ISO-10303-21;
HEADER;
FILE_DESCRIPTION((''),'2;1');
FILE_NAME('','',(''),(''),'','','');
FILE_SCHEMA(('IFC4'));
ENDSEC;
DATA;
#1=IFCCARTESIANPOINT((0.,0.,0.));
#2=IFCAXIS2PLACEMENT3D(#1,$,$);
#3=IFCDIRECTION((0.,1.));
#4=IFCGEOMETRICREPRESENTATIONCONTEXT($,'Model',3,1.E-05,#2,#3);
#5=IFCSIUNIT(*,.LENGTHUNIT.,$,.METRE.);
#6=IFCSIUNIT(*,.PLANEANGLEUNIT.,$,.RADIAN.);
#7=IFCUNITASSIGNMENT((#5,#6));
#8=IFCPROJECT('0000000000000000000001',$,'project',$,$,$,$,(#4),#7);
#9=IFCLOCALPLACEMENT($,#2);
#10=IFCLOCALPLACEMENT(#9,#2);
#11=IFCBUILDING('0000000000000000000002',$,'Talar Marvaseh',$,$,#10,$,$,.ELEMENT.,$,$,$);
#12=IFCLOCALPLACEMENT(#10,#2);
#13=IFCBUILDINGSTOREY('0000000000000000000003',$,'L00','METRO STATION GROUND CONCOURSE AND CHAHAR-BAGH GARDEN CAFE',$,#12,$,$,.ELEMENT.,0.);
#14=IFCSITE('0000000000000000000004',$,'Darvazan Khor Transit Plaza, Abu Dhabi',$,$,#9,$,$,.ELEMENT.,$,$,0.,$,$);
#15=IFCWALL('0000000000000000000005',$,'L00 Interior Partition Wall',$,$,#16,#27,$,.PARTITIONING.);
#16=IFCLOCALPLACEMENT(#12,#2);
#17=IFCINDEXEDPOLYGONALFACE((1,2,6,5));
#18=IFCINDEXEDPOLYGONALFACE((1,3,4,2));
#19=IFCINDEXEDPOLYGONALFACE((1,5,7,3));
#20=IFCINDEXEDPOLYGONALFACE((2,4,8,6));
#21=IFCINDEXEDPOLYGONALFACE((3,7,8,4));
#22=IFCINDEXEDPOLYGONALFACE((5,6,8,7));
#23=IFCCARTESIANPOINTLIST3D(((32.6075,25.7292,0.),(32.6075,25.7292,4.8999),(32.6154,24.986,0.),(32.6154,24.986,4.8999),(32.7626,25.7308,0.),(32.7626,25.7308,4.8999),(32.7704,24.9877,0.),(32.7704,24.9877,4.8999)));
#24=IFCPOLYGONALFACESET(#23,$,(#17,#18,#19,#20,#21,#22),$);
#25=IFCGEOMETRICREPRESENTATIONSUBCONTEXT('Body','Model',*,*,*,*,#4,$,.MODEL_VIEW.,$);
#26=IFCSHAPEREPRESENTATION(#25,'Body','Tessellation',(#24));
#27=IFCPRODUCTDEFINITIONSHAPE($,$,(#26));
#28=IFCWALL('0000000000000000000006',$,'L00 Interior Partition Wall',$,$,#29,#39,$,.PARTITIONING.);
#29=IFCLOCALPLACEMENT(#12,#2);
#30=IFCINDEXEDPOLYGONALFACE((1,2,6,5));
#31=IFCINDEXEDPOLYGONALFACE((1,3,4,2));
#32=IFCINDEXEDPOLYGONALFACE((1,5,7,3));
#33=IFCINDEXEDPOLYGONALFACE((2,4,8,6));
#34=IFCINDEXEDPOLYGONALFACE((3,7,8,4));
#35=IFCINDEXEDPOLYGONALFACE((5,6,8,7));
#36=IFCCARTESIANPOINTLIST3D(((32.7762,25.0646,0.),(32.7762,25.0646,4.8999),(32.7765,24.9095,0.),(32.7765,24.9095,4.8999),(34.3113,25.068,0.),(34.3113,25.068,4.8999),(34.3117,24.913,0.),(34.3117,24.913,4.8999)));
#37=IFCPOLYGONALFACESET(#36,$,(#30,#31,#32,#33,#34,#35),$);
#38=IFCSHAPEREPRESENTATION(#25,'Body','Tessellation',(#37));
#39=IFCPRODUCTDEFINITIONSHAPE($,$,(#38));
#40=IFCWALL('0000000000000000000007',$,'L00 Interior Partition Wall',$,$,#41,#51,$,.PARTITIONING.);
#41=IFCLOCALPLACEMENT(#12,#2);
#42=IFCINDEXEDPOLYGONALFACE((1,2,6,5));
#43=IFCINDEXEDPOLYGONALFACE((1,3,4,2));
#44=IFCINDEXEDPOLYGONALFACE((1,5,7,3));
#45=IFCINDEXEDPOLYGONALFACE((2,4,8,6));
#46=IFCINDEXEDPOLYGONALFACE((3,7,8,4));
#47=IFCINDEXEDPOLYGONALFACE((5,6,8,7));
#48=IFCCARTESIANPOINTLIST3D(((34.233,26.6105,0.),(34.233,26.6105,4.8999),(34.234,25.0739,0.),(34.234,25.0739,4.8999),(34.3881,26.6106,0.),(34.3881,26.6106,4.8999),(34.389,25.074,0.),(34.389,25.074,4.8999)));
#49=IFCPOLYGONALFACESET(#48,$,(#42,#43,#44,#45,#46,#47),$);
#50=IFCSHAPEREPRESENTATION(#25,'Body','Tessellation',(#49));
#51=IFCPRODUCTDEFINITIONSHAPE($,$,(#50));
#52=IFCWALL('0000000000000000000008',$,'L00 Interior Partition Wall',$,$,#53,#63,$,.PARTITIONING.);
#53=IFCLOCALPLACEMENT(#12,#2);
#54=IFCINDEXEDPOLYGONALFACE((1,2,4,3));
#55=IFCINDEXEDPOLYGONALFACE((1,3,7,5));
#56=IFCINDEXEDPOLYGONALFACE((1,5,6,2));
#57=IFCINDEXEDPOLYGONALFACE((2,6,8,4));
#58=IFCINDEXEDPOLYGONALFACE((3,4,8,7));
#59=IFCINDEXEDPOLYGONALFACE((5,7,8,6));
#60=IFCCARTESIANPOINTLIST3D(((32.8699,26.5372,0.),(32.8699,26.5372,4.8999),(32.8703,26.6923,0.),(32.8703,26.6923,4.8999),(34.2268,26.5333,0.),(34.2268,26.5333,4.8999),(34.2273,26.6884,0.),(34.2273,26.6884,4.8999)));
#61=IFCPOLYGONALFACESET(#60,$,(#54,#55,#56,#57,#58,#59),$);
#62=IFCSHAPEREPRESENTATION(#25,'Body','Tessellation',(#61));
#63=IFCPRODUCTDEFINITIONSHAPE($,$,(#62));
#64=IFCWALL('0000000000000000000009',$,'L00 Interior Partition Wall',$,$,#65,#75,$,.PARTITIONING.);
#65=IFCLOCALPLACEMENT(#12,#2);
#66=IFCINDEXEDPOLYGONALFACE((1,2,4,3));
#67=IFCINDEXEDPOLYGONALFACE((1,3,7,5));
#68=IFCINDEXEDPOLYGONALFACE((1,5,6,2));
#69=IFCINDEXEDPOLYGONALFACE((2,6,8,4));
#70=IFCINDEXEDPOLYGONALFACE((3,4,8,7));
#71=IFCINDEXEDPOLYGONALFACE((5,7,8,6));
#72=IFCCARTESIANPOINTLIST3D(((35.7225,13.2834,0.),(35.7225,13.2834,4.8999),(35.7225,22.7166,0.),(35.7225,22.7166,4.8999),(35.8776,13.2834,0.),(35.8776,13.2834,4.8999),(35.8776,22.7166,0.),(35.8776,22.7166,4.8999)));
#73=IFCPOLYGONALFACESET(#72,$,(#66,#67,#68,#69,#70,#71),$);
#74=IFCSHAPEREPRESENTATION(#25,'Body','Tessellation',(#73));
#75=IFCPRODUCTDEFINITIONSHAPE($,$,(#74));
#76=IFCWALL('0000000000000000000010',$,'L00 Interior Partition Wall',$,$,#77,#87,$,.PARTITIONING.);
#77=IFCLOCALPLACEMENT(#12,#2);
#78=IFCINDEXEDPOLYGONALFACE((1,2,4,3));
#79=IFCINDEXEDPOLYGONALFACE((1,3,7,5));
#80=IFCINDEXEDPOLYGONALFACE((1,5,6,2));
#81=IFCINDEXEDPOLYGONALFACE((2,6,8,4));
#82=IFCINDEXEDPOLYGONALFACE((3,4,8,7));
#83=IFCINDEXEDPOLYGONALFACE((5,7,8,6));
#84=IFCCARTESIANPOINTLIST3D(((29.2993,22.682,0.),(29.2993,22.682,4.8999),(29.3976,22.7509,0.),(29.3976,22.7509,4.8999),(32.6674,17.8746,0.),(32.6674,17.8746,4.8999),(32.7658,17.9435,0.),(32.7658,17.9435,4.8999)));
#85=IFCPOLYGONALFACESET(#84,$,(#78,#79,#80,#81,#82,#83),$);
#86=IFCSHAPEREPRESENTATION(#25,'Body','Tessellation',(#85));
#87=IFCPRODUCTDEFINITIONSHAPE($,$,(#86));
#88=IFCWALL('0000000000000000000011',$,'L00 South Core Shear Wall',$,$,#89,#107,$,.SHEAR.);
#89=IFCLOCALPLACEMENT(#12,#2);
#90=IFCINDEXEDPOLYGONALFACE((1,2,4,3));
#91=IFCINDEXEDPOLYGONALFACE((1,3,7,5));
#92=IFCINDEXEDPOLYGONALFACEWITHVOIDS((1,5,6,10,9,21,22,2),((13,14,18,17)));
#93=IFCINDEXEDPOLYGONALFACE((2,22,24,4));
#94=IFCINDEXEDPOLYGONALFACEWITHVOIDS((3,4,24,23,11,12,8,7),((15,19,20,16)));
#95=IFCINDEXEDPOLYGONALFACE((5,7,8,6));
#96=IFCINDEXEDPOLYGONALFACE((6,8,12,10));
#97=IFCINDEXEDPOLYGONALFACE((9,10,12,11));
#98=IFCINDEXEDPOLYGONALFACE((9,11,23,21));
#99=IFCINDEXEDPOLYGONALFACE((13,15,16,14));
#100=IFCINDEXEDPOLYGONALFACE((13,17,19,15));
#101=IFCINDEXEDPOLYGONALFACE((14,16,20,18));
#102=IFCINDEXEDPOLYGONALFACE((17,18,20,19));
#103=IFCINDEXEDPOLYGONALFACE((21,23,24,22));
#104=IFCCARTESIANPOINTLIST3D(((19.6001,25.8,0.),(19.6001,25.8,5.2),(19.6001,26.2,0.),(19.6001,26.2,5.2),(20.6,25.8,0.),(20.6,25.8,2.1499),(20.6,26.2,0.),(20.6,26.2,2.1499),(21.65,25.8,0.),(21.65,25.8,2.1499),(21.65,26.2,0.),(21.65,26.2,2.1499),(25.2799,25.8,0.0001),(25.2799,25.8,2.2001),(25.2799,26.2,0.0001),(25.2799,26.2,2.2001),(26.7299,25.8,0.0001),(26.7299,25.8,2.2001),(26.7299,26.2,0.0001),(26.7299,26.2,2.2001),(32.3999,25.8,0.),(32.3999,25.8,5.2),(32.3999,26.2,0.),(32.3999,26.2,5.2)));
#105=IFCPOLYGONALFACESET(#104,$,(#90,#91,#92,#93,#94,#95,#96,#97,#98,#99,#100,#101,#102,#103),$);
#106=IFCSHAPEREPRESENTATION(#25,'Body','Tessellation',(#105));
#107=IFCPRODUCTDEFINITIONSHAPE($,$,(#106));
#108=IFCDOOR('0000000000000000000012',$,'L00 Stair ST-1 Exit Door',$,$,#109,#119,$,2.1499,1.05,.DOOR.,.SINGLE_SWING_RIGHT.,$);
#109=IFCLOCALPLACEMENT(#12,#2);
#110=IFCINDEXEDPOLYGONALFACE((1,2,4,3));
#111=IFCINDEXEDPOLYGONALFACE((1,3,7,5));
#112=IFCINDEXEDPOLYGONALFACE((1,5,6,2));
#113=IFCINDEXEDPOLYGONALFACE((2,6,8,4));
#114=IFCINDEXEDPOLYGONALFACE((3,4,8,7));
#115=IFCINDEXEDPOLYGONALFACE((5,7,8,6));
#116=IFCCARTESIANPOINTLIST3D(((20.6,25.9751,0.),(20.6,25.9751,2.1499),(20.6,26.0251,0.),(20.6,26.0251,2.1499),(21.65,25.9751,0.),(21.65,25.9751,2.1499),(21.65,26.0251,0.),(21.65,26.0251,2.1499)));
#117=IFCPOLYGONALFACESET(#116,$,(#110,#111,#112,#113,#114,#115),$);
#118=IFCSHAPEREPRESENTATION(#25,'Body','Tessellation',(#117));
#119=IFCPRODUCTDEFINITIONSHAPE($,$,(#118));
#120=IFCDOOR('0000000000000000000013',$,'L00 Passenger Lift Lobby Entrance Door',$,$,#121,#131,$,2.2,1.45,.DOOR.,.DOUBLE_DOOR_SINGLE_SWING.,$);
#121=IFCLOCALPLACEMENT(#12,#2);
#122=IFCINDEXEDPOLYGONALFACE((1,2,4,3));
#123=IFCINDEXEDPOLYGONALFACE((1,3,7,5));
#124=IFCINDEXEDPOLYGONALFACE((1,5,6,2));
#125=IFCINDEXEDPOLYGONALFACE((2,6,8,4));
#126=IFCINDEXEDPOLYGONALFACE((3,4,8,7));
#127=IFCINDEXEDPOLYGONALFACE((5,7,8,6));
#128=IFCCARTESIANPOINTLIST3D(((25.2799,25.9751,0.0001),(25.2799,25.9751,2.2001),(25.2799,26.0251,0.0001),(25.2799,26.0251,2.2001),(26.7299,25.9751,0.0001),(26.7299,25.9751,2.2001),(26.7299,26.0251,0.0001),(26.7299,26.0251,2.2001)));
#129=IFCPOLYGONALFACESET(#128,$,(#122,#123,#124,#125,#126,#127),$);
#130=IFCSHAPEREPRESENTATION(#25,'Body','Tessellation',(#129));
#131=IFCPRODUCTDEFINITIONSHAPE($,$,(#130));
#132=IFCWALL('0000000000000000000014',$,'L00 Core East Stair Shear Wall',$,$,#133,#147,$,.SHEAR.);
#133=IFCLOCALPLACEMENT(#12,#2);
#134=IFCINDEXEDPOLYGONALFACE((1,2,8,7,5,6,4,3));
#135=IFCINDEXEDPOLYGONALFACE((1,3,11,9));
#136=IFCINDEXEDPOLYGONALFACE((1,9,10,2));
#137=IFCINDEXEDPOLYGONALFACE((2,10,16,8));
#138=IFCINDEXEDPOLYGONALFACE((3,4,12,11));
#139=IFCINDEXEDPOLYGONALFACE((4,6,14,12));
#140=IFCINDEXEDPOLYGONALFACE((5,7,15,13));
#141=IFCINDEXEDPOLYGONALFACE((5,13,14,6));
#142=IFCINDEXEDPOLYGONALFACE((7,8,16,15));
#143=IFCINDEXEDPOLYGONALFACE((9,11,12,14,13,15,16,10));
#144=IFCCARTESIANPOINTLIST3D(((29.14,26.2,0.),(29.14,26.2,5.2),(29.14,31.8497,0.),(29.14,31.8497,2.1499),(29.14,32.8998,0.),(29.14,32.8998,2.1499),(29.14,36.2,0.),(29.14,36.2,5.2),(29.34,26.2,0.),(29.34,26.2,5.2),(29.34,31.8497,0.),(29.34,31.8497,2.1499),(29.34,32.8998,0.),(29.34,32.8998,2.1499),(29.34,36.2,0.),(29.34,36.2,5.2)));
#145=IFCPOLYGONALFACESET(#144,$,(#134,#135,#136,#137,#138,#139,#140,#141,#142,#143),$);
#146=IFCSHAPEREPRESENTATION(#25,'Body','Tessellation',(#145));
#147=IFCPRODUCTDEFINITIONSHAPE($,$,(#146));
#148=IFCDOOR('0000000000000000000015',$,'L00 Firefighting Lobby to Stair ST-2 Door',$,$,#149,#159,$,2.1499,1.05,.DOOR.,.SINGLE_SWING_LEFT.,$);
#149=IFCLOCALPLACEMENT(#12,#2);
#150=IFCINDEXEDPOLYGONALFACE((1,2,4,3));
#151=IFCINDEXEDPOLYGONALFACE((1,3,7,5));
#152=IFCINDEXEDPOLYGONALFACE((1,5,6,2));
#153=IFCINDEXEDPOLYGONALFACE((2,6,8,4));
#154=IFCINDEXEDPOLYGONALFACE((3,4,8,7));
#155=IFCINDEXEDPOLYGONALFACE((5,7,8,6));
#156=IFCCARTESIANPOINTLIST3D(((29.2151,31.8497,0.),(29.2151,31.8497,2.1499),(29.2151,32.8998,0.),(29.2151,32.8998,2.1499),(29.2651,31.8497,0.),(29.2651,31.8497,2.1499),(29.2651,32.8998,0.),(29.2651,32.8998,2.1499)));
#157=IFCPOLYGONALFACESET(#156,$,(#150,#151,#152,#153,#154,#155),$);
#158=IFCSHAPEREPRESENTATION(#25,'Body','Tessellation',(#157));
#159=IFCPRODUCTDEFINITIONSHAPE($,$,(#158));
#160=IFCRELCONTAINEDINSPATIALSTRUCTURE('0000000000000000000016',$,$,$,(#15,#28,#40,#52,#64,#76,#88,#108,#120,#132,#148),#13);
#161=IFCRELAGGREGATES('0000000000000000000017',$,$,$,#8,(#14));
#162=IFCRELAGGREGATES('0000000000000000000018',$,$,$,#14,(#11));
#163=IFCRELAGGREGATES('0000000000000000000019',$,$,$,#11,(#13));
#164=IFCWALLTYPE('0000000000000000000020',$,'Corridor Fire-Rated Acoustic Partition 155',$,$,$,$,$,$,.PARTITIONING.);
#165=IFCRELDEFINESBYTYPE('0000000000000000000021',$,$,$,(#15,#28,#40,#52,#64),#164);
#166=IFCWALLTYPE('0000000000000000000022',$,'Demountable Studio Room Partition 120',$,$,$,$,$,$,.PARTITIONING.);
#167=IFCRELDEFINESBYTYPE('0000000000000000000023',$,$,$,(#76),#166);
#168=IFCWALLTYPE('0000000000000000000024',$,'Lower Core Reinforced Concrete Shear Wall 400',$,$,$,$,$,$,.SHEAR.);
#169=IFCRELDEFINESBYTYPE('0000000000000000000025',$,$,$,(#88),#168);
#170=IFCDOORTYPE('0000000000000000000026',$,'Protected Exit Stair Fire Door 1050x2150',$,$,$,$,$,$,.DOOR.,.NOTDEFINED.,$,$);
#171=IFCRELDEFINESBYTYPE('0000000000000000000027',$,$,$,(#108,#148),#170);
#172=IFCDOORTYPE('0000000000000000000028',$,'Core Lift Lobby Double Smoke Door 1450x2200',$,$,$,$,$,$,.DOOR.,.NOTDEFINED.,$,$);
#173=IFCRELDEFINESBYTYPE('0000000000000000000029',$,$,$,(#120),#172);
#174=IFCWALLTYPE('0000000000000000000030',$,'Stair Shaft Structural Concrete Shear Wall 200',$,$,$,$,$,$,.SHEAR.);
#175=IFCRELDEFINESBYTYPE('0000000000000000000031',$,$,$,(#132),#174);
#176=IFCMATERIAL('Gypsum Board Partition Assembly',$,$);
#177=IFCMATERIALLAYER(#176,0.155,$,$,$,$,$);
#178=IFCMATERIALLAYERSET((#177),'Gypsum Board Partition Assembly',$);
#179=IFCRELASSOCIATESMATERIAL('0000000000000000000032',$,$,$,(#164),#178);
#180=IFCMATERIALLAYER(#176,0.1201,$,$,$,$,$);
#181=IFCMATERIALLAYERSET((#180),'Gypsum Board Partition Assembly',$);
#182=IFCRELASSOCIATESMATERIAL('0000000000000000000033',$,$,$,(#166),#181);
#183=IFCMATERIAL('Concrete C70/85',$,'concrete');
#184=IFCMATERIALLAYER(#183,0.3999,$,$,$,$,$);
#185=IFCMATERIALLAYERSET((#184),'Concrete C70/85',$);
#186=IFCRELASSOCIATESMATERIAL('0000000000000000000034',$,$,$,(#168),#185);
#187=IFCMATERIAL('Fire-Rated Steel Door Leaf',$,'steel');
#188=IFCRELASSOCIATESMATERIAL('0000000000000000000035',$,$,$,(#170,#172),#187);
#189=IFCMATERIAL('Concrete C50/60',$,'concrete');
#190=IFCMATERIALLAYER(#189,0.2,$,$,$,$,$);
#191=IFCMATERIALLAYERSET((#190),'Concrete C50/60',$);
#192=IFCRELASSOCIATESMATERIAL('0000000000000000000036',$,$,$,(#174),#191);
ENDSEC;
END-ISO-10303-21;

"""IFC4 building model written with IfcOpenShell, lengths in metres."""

from ifc_helpers import new_model, si_unit, direction, frame, frame_2d, origin, place, context, subcontext, project, spatial, rectangle, extrude, source, transform, mapped, material, layer, layer_set, type_object, type_shapes, element, fill, save


model = new_model("IFC4")

# Units and contexts
model_context = context("Model", 3, precision=1e-05, world=origin(), true_north=direction((0.0, 1.0)))
body_context = subcontext(model_context, "Body", "Model", "MODEL_VIEW")
ifc_project = project(units=[si_unit("LENGTHUNIT", "METRE"), si_unit("PLANEANGLEUNIT", "RADIAN")], contexts=[model_context])

# Site, building, storey
site_placement = place(None, origin())
site = spatial("IfcSite", under=ifc_project, at=site_placement, Name="Darvazan Khor Transit Plaza, Abu Dhabi", CompositionType="ELEMENT", RefElevation=0.0)
building_placement = place(site_placement, origin())
building = spatial("IfcBuilding", under=site, at=building_placement, Name="Talar Marvaseh", CompositionType="ELEMENT")
storey_placement = place(building_placement, origin())
storey = spatial("IfcBuildingStorey", under=building, at=storey_placement, Name="L00", Description="METRO STATION GROUND CONCOURSE AND CHAHAR-BAGH GARDEN CAFE", CompositionType="ELEMENT", Elevation=0.0)

# Shared definitions
ifc_material_1 = material(Name="Concrete C70/85", Category="concrete")

# Shared definitions
ifc_material_2 = material(Name="Gypsum Board Partition Assembly")
ifc_layer_1 = layer(ifc_material_2, 0.155)
ifc_layer_set_1 = layer_set([ifc_layer_1], Name="Gypsum Board Partition Assembly")
wall_type_1 = type_object("IfcWallType", Name="Corridor Fire-Rated Acoustic Partition 155", PredefinedType="PARTITIONING", material=ifc_layer_set_1)

# Walls
wall_1_placement = place(storey_placement, frame((32.6851, 25.73, 0.0), z_axis=(0.0, 0.0, 1.0), x_axis=(0.010512, -0.999945, 0.0)))
element("IfcWall", 1, at=wall_1_placement, inside=storey, type_object=wall_type_1, Name="L00 Interior Partition Wall", PredefinedType="PARTITIONING", context=body_context, shape_type="SweptSolid", body=[
    extrude(rectangle(XDim=0.7432, YDim=0.155, at=frame_2d((0.3716, 0.0))), origin(), (0.0, 0.0, 1.0), 4.8999),
])
wall_2_placement = place(storey_placement, frame((32.7764, 24.9871, 0.0), z_axis=(0.0, 0.0, 1.0), x_axis=(0.999998, 0.002226, 0.0)))
element("IfcWall", 2, at=wall_2_placement, inside=storey, type_object=wall_type_1, Name="L00 Interior Partition Wall", PredefinedType="PARTITIONING", context=body_context, shape_type="SweptSolid", body=[
    extrude(rectangle(XDim=1.5352, YDim=0.155, at=frame_2d((0.7676, 0.0))), origin(), (0.0, 0.0, 1.0), 4.8999),
])
wall_3_placement = place(storey_placement, frame((34.3115, 25.074, 0.0), z_axis=(0.0, 0.0, 1.0), x_axis=(-0.000636, 1.0, 0.0)))
element("IfcWall", 3, at=wall_3_placement, inside=storey, type_object=wall_type_1, Name="L00 Interior Partition Wall", PredefinedType="PARTITIONING", context=body_context, shape_type="SweptSolid", body=[
    extrude(rectangle(XDim=1.5366, YDim=0.155, at=frame_2d((0.7683, 0.0))), origin(), (0.0, 0.0, 1.0), 4.8999),
])
wall_4_placement = place(storey_placement, frame((34.2271, 26.6108, 0.0), z_axis=(0.0, 0.0, 1.0), x_axis=(-0.999996, 0.002879, 0.0)))
element("IfcWall", 4, at=wall_4_placement, inside=storey, type_object=wall_type_1, Name="L00 Interior Partition Wall", PredefinedType="PARTITIONING", context=body_context, shape_type="SweptSolid", body=[
    extrude(rectangle(XDim=1.3569, YDim=0.155, at=frame_2d((0.6785, 0.0))), origin(), (0.0, 0.0, 1.0), 4.8999),
])
wall_5_placement = place(storey_placement, frame((35.8, 22.7166, 0.0), z_axis=(0.0, 0.0, 1.0), x_axis=(0.0, -1.0, 0.0)))
element("IfcWall", 5, at=wall_5_placement, inside=storey, type_object=wall_type_1, Name="L00 Interior Partition Wall", PredefinedType="PARTITIONING", context=body_context, shape_type="SweptSolid", body=[
    extrude(rectangle(XDim=9.4331, YDim=0.155, at=frame_2d((4.7166, 0.0))), origin(), (0.0, 0.0, 1.0), 4.8999),
])
ifc_layer_2 = layer(ifc_material_2, 0.1201)
ifc_layer_set_2 = layer_set([ifc_layer_2], Name="Gypsum Board Partition Assembly")
wall_type_2 = type_object("IfcWallType", Name="Demountable Studio Room Partition 120", PredefinedType="PARTITIONING", material=ifc_layer_set_2)
wall_6_placement = place(storey_placement, frame((29.3484, 22.7166, 0.0), z_axis=(0.0, 0.0, 1.0), x_axis=(0.573806, -0.818992, 0.0)))
element("IfcWall", 6, at=wall_6_placement, inside=storey, type_object=wall_type_2, Name="L00 Interior Partition Wall", PredefinedType="PARTITIONING", context=body_context, shape_type="SweptSolid", body=[
    extrude(rectangle(XDim=5.8699, YDim=0.1201, at=frame_2d((2.9351, 0.0))), origin(), (0.0, 0.0, 1.0), 4.8999),
])

# Wall, openings, doors
ifc_layer_3 = layer(ifc_material_1, 0.3999)
ifc_layer_set_3 = layer_set([ifc_layer_3], Name="Concrete C70/85")
wall_type_3 = type_object("IfcWallType", Name="Lower Core Reinforced Concrete Shear Wall 400", PredefinedType="SHEAR", material=ifc_layer_set_3)
wall_7_placement = place(storey_placement, frame((32.3999, 26.0, 0.0), z_axis=(0.0, 0.0, 1.0), x_axis=(-1.0, 0.0, 0.0)))
wall_7 = element("IfcWall", 7, at=wall_7_placement, inside=storey, type_object=wall_type_3, Name="L00 South Core Shear Wall", PredefinedType="SHEAR", context=body_context, shape_type="SweptSolid", body=[
    extrude(rectangle(XDim=12.7998, YDim=0.3999, at=frame_2d((6.3999, 0.0))), origin(), (0.0, 0.0, 1.0), 5.2),
])
opening_1_placement = place(wall_7_placement, frame((10.75, 0.0, 0.0)))
opening_1 = element("IfcOpeningElement", 8, at=opening_1_placement, cuts=wall_7, PredefinedType="OPENING", context=body_context, shape_type="SweptSolid", body=[
    extrude(rectangle(XDim=1.05, YDim=2.1499, at=frame_2d((0.5249, 1.075))), frame((0.0, 0.21, 0.0), z_axis=(0.0, -1.0, 0.0), x_axis=(1.0, 0.0, 0.0)), (0.0, 0.0, 1.0), 0.4199),
])
opening_2_placement = place(wall_7_placement, frame((5.6699, 0.0, 0.0)))
opening_2 = element("IfcOpeningElement", 9, at=opening_2_placement, cuts=wall_7, PredefinedType="OPENING", context=body_context, shape_type="SweptSolid", body=[
    extrude(rectangle(XDim=1.45, YDim=2.2, at=frame_2d((0.7251, 1.1001))), frame((0.0, 0.21, 0.0), z_axis=(0.0, -1.0, 0.0), x_axis=(1.0, 0.0, 0.0)), (0.0, 0.0, 1.0), 0.4199),
])
ifc_material_3 = material(Name="Fire-Rated Steel Door Leaf", Category="steel")
door_type_1 = type_object("IfcDoorType", Name="Protected Exit Stair Fire Door 1050x2150", OperationType="NOTDEFINED", PredefinedType="DOOR", material=ifc_material_3)
shared_shape_1 = source(origin(), body_context, "Body", "SweptSolid", [
    extrude(rectangle(XDim=1.05, YDim=2.1499, at=frame_2d((0.5249, 1.075))), frame((0.0, 0.0249, 0.0), z_axis=(0.0, -1.0, 0.0), x_axis=(1.0, 0.0, 0.0)), (0.0, 0.0, 1.0), 0.05),
])
type_shapes(door_type_1, [shared_shape_1])
door_1_placement = place(opening_1_placement, origin())
door_1 = element("IfcDoor", 10, at=door_1_placement, inside=storey, type_object=door_type_1, Name="L00 Stair ST-1 Exit Door", OperationType="SINGLE_SWING_RIGHT", OverallHeight=2.1499, OverallWidth=1.05, PredefinedType="DOOR", context=body_context, shape_type="MappedRepresentation", body=[
    mapped(shared_shape_1, transform((0.0, 0.0, 0.0), x_axis=(1.0, 0.0, 0.0), y_axis=(0.0, 1.0, 0.0), z_axis=(0.0, 0.0, 1.0), scale=1.0)),
])
fill(opening_1, door_1)
door_type_2 = type_object("IfcDoorType", Name="Core Lift Lobby Double Smoke Door 1450x2200", OperationType="NOTDEFINED", PredefinedType="DOOR", material=ifc_material_3)
shared_shape_2 = source(origin(), body_context, "Body", "SweptSolid", [
    extrude(rectangle(XDim=1.45, YDim=2.2, at=frame_2d((0.7251, 1.1001))), frame((0.0, 0.0249, 0.0), z_axis=(0.0, -1.0, 0.0), x_axis=(1.0, 0.0, 0.0)), (0.0, 0.0, 1.0), 0.05),
])
type_shapes(door_type_2, [shared_shape_2])
door_2_placement = place(opening_2_placement, origin())
door_2 = element("IfcDoor", 11, at=door_2_placement, inside=storey, type_object=door_type_2, Name="L00 Passenger Lift Lobby Entrance Door", OperationType="DOUBLE_DOOR_SINGLE_SWING", OverallHeight=2.2, OverallWidth=1.45, PredefinedType="DOOR", context=body_context, shape_type="MappedRepresentation", body=[
    mapped(shared_shape_2, transform((0.0, 0.0, 0.0), x_axis=(1.0, 0.0, 0.0), y_axis=(0.0, 1.0, 0.0), z_axis=(0.0, 0.0, 1.0), scale=1.0)),
])
fill(opening_2, door_2)

# Wall, opening, door
ifc_material_4 = material(Name="Concrete C50/60", Category="concrete")
ifc_layer_4 = layer(ifc_material_4, 0.2)
ifc_layer_set_4 = layer_set([ifc_layer_4], Name="Concrete C50/60")
wall_type_4 = type_object("IfcWallType", Name="Stair Shaft Structural Concrete Shear Wall 200", PredefinedType="SHEAR", material=ifc_layer_set_4)
wall_8_placement = place(storey_placement, frame((29.24, 26.2, 0.0), z_axis=(0.0, 0.0, 1.0), x_axis=(0.0, 1.0, 0.0)))
wall_8 = element("IfcWall", 12, at=wall_8_placement, inside=storey, type_object=wall_type_4, Name="L00 Core East Stair Shear Wall", PredefinedType="SHEAR", context=body_context, shape_type="SweptSolid", body=[
    extrude(rectangle(XDim=10.0, YDim=0.2, at=frame_2d((5.0, 0.0))), origin(), (0.0, 0.0, 1.0), 5.2),
])
opening_3_placement = place(wall_8_placement, frame((5.6499, 0.0, 0.0)))
opening_3 = element("IfcOpeningElement", 13, at=opening_3_placement, cuts=wall_8, PredefinedType="OPENING", context=body_context, shape_type="SweptSolid", body=[
    extrude(rectangle(XDim=1.05, YDim=2.1499, at=frame_2d((0.5249, 1.075))), frame((0.0, 0.1099, 0.0), z_axis=(0.0, -1.0, 0.0), x_axis=(1.0, 0.0, 0.0)), (0.0, 0.0, 1.0), 0.22),
])
door_3_placement = place(opening_3_placement, origin())
door_3 = element("IfcDoor", 14, at=door_3_placement, inside=storey, type_object=door_type_1, Name="L00 Firefighting Lobby to Stair ST-2 Door", OperationType="SINGLE_SWING_LEFT", OverallHeight=2.1499, OverallWidth=1.05, PredefinedType="DOOR", context=body_context, shape_type="MappedRepresentation", body=[
    mapped(shared_shape_1, transform((0.0, 0.0, 0.0), x_axis=(1.0, 0.0, 0.0), y_axis=(0.0, 1.0, 0.0), z_axis=(0.0, 0.0, 1.0), scale=1.0)),
])
fill(opening_3, door_3)

save(model, "model.ifc")
